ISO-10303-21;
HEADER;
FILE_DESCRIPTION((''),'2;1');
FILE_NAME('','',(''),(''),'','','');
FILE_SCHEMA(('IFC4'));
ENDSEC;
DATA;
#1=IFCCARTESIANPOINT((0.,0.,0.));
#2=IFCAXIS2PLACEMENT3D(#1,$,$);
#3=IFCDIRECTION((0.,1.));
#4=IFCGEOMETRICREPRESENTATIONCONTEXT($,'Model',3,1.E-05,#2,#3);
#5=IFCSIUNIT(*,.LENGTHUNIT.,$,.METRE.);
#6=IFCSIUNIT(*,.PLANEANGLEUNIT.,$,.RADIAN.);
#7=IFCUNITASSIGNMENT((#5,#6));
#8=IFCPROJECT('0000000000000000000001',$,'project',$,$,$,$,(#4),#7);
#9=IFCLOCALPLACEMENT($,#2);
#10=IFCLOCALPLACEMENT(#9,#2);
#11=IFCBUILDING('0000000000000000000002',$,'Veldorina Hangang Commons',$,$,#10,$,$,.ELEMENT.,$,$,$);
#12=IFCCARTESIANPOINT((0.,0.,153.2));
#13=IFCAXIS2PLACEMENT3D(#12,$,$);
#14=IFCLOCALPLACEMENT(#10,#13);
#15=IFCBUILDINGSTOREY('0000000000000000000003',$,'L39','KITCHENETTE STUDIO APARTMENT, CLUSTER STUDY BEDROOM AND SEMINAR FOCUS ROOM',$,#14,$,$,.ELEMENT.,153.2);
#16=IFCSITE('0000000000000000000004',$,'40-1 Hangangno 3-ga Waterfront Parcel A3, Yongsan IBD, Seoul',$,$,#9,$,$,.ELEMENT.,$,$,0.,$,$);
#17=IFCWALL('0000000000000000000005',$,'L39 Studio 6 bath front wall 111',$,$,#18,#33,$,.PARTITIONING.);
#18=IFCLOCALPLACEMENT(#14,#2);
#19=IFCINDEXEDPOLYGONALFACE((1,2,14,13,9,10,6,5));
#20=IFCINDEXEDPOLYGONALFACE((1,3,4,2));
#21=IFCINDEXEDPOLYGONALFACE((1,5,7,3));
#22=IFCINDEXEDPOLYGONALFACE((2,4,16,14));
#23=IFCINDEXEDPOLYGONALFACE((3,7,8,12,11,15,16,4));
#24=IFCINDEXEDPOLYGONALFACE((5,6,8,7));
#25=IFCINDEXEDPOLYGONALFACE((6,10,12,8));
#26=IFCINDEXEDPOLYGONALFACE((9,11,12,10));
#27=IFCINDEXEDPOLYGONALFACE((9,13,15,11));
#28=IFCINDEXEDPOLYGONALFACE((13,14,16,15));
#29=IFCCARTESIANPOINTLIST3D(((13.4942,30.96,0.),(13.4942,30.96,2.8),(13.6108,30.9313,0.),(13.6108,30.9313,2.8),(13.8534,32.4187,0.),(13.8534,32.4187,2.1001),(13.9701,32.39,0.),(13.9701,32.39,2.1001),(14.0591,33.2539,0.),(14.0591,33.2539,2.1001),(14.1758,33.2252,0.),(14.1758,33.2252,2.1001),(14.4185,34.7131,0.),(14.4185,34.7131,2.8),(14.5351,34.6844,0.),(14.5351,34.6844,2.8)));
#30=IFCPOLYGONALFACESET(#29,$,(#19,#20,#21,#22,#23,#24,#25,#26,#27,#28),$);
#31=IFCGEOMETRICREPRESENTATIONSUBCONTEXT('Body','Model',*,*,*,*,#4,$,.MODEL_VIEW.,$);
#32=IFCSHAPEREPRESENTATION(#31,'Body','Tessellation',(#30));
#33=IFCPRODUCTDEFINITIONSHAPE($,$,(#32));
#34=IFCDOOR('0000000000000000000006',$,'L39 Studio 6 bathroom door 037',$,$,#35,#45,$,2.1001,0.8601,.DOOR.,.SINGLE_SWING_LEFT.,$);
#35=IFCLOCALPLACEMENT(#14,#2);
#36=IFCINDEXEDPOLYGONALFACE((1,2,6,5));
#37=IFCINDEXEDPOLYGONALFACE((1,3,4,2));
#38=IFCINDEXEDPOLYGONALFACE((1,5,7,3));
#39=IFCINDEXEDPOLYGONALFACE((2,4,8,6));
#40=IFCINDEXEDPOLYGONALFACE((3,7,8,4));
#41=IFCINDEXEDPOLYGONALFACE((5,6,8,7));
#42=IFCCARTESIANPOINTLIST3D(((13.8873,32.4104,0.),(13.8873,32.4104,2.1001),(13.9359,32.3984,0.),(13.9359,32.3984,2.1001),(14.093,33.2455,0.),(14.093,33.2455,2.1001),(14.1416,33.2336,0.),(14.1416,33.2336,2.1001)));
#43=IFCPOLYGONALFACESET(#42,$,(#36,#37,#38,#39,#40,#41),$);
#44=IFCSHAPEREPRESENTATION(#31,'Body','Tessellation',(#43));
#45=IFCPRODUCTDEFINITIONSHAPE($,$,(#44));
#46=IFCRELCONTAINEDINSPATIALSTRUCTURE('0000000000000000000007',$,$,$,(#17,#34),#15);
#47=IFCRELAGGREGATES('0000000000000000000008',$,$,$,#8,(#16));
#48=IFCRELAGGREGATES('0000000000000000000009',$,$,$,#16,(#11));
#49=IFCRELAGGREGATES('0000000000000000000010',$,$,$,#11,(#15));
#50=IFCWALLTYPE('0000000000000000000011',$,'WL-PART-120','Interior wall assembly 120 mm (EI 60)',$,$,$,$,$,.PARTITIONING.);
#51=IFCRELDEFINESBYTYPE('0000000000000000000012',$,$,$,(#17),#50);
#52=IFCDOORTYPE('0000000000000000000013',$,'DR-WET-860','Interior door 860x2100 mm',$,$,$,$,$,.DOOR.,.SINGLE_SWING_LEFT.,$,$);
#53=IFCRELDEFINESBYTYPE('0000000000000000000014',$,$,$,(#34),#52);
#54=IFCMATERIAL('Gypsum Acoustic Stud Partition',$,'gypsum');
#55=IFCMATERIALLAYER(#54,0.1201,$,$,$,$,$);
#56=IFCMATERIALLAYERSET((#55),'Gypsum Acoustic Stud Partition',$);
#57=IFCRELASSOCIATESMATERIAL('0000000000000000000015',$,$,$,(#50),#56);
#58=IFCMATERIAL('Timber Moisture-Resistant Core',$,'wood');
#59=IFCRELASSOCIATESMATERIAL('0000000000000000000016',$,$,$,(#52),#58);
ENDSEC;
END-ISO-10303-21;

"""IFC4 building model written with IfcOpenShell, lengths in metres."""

from ifc_helpers import new_model, si_unit, direction, frame, frame_2d, origin, place, context, subcontext, project, spatial, rectangle, extrude, material, layer, layer_set, type_object, element, fill, save


model = new_model("IFC4")

# Units and contexts
model_context = context("Model", 3, precision=1e-05, world=origin(), true_north=direction((0.0, 1.0)))
body_context = subcontext(model_context, "Body", "Model", "MODEL_VIEW")
ifc_project = project(units=[si_unit("LENGTHUNIT", "METRE"), si_unit("PLANEANGLEUNIT", "RADIAN")], contexts=[model_context])

# Site, building, storey
site_placement = place(None, origin())
site = spatial("IfcSite", under=ifc_project, at=site_placement, Name="40-1 Hangangno 3-ga Waterfront Parcel A3, Yongsan IBD, Seoul", CompositionType="ELEMENT", RefElevation=0.0)
building_placement = place(site_placement, origin())
building = spatial("IfcBuilding", under=site, at=building_placement, Name="Veldorina Hangang Commons", CompositionType="ELEMENT")
storey_placement = place(building_placement, frame((0.0, 0.0, 153.2)))
storey = spatial("IfcBuildingStorey", under=building, at=storey_placement, Name="L39", Description="KITCHENETTE STUDIO APARTMENT, CLUSTER STUDY BEDROOM AND SEMINAR FOCUS ROOM", CompositionType="ELEMENT", Elevation=153.2)

# Wall, opening, door
ifc_material_1 = material(Name="Gypsum Acoustic Stud Partition", Category="gypsum")
ifc_layer_1 = layer(ifc_material_1, 0.1201)
ifc_layer_set_1 = layer_set([ifc_layer_1], Name="Gypsum Acoustic Stud Partition")
wall_type_1 = type_object("IfcWallType", Name="WL-PART-120", Description="Interior wall assembly 120 mm (EI 60)", PredefinedType="PARTITIONING", material=ifc_layer_set_1)
wall_1_placement = place(storey_placement, frame((14.4768, 34.6987, 0.0), z_axis=(0.0, 0.0, 1.0), x_axis=(-0.239131, -0.970987, 0.0)))
wall_1 = element("IfcWall", 1, at=wall_1_placement, inside=storey, type_object=wall_type_1, Name="L39 Studio 6 bath front wall 111", PredefinedType="PARTITIONING", context=body_context, shape_type="SweptSolid", body=[
    extrude(rectangle(XDim=3.8652, YDim=0.1201, at=frame_2d((1.9326, 0.0))), origin(), (0.0, 0.0, 1.0), 2.8),
])
opening_1_placement = place(wall_1_placement, frame((1.5027, 0.0, 0.0)))
opening_1 = element("IfcOpeningElement", 2, at=opening_1_placement, cuts=wall_1, PredefinedType="OPENING", context=body_context, shape_type="SweptSolid", body=[
    extrude(rectangle(XDim=0.8601, YDim=2.1001, at=frame_2d((0.4302, 1.05))), frame((0.0, 0.0701, 0.0), z_axis=(0.0, -1.0, 0.0), x_axis=(1.0, 0.0, 0.0)), (0.0, 0.0, 1.0), 0.1401),
])
ifc_material_2 = material(Name="Timber Moisture-Resistant Core", Category="wood")
door_type = type_object("IfcDoorType", Name="DR-WET-860", Description="Interior door 860x2100 mm", OperationType="SINGLE_SWING_LEFT", PredefinedType="DOOR", material=ifc_material_2)
door_placement = place(opening_1_placement, origin())
door = element("IfcDoor", 3, at=door_placement, inside=storey, type_object=door_type, Name="L39 Studio 6 bathroom door 037", OperationType="SINGLE_SWING_LEFT", OverallHeight=2.1001, OverallWidth=0.8601, PredefinedType="DOOR", context=body_context, shape_type="SweptSolid", body=[
    extrude(rectangle(XDim=0.8601, YDim=2.1001, at=frame_2d((0.4302, 1.05))), frame((0.0, 0.0249, 0.0), z_axis=(0.0, -1.0, 0.0), x_axis=(1.0, 0.0, 0.0)), (0.0, 0.0, 1.0), 0.05),
])
fill(opening_1, door)

save(model, "model.ifc")
